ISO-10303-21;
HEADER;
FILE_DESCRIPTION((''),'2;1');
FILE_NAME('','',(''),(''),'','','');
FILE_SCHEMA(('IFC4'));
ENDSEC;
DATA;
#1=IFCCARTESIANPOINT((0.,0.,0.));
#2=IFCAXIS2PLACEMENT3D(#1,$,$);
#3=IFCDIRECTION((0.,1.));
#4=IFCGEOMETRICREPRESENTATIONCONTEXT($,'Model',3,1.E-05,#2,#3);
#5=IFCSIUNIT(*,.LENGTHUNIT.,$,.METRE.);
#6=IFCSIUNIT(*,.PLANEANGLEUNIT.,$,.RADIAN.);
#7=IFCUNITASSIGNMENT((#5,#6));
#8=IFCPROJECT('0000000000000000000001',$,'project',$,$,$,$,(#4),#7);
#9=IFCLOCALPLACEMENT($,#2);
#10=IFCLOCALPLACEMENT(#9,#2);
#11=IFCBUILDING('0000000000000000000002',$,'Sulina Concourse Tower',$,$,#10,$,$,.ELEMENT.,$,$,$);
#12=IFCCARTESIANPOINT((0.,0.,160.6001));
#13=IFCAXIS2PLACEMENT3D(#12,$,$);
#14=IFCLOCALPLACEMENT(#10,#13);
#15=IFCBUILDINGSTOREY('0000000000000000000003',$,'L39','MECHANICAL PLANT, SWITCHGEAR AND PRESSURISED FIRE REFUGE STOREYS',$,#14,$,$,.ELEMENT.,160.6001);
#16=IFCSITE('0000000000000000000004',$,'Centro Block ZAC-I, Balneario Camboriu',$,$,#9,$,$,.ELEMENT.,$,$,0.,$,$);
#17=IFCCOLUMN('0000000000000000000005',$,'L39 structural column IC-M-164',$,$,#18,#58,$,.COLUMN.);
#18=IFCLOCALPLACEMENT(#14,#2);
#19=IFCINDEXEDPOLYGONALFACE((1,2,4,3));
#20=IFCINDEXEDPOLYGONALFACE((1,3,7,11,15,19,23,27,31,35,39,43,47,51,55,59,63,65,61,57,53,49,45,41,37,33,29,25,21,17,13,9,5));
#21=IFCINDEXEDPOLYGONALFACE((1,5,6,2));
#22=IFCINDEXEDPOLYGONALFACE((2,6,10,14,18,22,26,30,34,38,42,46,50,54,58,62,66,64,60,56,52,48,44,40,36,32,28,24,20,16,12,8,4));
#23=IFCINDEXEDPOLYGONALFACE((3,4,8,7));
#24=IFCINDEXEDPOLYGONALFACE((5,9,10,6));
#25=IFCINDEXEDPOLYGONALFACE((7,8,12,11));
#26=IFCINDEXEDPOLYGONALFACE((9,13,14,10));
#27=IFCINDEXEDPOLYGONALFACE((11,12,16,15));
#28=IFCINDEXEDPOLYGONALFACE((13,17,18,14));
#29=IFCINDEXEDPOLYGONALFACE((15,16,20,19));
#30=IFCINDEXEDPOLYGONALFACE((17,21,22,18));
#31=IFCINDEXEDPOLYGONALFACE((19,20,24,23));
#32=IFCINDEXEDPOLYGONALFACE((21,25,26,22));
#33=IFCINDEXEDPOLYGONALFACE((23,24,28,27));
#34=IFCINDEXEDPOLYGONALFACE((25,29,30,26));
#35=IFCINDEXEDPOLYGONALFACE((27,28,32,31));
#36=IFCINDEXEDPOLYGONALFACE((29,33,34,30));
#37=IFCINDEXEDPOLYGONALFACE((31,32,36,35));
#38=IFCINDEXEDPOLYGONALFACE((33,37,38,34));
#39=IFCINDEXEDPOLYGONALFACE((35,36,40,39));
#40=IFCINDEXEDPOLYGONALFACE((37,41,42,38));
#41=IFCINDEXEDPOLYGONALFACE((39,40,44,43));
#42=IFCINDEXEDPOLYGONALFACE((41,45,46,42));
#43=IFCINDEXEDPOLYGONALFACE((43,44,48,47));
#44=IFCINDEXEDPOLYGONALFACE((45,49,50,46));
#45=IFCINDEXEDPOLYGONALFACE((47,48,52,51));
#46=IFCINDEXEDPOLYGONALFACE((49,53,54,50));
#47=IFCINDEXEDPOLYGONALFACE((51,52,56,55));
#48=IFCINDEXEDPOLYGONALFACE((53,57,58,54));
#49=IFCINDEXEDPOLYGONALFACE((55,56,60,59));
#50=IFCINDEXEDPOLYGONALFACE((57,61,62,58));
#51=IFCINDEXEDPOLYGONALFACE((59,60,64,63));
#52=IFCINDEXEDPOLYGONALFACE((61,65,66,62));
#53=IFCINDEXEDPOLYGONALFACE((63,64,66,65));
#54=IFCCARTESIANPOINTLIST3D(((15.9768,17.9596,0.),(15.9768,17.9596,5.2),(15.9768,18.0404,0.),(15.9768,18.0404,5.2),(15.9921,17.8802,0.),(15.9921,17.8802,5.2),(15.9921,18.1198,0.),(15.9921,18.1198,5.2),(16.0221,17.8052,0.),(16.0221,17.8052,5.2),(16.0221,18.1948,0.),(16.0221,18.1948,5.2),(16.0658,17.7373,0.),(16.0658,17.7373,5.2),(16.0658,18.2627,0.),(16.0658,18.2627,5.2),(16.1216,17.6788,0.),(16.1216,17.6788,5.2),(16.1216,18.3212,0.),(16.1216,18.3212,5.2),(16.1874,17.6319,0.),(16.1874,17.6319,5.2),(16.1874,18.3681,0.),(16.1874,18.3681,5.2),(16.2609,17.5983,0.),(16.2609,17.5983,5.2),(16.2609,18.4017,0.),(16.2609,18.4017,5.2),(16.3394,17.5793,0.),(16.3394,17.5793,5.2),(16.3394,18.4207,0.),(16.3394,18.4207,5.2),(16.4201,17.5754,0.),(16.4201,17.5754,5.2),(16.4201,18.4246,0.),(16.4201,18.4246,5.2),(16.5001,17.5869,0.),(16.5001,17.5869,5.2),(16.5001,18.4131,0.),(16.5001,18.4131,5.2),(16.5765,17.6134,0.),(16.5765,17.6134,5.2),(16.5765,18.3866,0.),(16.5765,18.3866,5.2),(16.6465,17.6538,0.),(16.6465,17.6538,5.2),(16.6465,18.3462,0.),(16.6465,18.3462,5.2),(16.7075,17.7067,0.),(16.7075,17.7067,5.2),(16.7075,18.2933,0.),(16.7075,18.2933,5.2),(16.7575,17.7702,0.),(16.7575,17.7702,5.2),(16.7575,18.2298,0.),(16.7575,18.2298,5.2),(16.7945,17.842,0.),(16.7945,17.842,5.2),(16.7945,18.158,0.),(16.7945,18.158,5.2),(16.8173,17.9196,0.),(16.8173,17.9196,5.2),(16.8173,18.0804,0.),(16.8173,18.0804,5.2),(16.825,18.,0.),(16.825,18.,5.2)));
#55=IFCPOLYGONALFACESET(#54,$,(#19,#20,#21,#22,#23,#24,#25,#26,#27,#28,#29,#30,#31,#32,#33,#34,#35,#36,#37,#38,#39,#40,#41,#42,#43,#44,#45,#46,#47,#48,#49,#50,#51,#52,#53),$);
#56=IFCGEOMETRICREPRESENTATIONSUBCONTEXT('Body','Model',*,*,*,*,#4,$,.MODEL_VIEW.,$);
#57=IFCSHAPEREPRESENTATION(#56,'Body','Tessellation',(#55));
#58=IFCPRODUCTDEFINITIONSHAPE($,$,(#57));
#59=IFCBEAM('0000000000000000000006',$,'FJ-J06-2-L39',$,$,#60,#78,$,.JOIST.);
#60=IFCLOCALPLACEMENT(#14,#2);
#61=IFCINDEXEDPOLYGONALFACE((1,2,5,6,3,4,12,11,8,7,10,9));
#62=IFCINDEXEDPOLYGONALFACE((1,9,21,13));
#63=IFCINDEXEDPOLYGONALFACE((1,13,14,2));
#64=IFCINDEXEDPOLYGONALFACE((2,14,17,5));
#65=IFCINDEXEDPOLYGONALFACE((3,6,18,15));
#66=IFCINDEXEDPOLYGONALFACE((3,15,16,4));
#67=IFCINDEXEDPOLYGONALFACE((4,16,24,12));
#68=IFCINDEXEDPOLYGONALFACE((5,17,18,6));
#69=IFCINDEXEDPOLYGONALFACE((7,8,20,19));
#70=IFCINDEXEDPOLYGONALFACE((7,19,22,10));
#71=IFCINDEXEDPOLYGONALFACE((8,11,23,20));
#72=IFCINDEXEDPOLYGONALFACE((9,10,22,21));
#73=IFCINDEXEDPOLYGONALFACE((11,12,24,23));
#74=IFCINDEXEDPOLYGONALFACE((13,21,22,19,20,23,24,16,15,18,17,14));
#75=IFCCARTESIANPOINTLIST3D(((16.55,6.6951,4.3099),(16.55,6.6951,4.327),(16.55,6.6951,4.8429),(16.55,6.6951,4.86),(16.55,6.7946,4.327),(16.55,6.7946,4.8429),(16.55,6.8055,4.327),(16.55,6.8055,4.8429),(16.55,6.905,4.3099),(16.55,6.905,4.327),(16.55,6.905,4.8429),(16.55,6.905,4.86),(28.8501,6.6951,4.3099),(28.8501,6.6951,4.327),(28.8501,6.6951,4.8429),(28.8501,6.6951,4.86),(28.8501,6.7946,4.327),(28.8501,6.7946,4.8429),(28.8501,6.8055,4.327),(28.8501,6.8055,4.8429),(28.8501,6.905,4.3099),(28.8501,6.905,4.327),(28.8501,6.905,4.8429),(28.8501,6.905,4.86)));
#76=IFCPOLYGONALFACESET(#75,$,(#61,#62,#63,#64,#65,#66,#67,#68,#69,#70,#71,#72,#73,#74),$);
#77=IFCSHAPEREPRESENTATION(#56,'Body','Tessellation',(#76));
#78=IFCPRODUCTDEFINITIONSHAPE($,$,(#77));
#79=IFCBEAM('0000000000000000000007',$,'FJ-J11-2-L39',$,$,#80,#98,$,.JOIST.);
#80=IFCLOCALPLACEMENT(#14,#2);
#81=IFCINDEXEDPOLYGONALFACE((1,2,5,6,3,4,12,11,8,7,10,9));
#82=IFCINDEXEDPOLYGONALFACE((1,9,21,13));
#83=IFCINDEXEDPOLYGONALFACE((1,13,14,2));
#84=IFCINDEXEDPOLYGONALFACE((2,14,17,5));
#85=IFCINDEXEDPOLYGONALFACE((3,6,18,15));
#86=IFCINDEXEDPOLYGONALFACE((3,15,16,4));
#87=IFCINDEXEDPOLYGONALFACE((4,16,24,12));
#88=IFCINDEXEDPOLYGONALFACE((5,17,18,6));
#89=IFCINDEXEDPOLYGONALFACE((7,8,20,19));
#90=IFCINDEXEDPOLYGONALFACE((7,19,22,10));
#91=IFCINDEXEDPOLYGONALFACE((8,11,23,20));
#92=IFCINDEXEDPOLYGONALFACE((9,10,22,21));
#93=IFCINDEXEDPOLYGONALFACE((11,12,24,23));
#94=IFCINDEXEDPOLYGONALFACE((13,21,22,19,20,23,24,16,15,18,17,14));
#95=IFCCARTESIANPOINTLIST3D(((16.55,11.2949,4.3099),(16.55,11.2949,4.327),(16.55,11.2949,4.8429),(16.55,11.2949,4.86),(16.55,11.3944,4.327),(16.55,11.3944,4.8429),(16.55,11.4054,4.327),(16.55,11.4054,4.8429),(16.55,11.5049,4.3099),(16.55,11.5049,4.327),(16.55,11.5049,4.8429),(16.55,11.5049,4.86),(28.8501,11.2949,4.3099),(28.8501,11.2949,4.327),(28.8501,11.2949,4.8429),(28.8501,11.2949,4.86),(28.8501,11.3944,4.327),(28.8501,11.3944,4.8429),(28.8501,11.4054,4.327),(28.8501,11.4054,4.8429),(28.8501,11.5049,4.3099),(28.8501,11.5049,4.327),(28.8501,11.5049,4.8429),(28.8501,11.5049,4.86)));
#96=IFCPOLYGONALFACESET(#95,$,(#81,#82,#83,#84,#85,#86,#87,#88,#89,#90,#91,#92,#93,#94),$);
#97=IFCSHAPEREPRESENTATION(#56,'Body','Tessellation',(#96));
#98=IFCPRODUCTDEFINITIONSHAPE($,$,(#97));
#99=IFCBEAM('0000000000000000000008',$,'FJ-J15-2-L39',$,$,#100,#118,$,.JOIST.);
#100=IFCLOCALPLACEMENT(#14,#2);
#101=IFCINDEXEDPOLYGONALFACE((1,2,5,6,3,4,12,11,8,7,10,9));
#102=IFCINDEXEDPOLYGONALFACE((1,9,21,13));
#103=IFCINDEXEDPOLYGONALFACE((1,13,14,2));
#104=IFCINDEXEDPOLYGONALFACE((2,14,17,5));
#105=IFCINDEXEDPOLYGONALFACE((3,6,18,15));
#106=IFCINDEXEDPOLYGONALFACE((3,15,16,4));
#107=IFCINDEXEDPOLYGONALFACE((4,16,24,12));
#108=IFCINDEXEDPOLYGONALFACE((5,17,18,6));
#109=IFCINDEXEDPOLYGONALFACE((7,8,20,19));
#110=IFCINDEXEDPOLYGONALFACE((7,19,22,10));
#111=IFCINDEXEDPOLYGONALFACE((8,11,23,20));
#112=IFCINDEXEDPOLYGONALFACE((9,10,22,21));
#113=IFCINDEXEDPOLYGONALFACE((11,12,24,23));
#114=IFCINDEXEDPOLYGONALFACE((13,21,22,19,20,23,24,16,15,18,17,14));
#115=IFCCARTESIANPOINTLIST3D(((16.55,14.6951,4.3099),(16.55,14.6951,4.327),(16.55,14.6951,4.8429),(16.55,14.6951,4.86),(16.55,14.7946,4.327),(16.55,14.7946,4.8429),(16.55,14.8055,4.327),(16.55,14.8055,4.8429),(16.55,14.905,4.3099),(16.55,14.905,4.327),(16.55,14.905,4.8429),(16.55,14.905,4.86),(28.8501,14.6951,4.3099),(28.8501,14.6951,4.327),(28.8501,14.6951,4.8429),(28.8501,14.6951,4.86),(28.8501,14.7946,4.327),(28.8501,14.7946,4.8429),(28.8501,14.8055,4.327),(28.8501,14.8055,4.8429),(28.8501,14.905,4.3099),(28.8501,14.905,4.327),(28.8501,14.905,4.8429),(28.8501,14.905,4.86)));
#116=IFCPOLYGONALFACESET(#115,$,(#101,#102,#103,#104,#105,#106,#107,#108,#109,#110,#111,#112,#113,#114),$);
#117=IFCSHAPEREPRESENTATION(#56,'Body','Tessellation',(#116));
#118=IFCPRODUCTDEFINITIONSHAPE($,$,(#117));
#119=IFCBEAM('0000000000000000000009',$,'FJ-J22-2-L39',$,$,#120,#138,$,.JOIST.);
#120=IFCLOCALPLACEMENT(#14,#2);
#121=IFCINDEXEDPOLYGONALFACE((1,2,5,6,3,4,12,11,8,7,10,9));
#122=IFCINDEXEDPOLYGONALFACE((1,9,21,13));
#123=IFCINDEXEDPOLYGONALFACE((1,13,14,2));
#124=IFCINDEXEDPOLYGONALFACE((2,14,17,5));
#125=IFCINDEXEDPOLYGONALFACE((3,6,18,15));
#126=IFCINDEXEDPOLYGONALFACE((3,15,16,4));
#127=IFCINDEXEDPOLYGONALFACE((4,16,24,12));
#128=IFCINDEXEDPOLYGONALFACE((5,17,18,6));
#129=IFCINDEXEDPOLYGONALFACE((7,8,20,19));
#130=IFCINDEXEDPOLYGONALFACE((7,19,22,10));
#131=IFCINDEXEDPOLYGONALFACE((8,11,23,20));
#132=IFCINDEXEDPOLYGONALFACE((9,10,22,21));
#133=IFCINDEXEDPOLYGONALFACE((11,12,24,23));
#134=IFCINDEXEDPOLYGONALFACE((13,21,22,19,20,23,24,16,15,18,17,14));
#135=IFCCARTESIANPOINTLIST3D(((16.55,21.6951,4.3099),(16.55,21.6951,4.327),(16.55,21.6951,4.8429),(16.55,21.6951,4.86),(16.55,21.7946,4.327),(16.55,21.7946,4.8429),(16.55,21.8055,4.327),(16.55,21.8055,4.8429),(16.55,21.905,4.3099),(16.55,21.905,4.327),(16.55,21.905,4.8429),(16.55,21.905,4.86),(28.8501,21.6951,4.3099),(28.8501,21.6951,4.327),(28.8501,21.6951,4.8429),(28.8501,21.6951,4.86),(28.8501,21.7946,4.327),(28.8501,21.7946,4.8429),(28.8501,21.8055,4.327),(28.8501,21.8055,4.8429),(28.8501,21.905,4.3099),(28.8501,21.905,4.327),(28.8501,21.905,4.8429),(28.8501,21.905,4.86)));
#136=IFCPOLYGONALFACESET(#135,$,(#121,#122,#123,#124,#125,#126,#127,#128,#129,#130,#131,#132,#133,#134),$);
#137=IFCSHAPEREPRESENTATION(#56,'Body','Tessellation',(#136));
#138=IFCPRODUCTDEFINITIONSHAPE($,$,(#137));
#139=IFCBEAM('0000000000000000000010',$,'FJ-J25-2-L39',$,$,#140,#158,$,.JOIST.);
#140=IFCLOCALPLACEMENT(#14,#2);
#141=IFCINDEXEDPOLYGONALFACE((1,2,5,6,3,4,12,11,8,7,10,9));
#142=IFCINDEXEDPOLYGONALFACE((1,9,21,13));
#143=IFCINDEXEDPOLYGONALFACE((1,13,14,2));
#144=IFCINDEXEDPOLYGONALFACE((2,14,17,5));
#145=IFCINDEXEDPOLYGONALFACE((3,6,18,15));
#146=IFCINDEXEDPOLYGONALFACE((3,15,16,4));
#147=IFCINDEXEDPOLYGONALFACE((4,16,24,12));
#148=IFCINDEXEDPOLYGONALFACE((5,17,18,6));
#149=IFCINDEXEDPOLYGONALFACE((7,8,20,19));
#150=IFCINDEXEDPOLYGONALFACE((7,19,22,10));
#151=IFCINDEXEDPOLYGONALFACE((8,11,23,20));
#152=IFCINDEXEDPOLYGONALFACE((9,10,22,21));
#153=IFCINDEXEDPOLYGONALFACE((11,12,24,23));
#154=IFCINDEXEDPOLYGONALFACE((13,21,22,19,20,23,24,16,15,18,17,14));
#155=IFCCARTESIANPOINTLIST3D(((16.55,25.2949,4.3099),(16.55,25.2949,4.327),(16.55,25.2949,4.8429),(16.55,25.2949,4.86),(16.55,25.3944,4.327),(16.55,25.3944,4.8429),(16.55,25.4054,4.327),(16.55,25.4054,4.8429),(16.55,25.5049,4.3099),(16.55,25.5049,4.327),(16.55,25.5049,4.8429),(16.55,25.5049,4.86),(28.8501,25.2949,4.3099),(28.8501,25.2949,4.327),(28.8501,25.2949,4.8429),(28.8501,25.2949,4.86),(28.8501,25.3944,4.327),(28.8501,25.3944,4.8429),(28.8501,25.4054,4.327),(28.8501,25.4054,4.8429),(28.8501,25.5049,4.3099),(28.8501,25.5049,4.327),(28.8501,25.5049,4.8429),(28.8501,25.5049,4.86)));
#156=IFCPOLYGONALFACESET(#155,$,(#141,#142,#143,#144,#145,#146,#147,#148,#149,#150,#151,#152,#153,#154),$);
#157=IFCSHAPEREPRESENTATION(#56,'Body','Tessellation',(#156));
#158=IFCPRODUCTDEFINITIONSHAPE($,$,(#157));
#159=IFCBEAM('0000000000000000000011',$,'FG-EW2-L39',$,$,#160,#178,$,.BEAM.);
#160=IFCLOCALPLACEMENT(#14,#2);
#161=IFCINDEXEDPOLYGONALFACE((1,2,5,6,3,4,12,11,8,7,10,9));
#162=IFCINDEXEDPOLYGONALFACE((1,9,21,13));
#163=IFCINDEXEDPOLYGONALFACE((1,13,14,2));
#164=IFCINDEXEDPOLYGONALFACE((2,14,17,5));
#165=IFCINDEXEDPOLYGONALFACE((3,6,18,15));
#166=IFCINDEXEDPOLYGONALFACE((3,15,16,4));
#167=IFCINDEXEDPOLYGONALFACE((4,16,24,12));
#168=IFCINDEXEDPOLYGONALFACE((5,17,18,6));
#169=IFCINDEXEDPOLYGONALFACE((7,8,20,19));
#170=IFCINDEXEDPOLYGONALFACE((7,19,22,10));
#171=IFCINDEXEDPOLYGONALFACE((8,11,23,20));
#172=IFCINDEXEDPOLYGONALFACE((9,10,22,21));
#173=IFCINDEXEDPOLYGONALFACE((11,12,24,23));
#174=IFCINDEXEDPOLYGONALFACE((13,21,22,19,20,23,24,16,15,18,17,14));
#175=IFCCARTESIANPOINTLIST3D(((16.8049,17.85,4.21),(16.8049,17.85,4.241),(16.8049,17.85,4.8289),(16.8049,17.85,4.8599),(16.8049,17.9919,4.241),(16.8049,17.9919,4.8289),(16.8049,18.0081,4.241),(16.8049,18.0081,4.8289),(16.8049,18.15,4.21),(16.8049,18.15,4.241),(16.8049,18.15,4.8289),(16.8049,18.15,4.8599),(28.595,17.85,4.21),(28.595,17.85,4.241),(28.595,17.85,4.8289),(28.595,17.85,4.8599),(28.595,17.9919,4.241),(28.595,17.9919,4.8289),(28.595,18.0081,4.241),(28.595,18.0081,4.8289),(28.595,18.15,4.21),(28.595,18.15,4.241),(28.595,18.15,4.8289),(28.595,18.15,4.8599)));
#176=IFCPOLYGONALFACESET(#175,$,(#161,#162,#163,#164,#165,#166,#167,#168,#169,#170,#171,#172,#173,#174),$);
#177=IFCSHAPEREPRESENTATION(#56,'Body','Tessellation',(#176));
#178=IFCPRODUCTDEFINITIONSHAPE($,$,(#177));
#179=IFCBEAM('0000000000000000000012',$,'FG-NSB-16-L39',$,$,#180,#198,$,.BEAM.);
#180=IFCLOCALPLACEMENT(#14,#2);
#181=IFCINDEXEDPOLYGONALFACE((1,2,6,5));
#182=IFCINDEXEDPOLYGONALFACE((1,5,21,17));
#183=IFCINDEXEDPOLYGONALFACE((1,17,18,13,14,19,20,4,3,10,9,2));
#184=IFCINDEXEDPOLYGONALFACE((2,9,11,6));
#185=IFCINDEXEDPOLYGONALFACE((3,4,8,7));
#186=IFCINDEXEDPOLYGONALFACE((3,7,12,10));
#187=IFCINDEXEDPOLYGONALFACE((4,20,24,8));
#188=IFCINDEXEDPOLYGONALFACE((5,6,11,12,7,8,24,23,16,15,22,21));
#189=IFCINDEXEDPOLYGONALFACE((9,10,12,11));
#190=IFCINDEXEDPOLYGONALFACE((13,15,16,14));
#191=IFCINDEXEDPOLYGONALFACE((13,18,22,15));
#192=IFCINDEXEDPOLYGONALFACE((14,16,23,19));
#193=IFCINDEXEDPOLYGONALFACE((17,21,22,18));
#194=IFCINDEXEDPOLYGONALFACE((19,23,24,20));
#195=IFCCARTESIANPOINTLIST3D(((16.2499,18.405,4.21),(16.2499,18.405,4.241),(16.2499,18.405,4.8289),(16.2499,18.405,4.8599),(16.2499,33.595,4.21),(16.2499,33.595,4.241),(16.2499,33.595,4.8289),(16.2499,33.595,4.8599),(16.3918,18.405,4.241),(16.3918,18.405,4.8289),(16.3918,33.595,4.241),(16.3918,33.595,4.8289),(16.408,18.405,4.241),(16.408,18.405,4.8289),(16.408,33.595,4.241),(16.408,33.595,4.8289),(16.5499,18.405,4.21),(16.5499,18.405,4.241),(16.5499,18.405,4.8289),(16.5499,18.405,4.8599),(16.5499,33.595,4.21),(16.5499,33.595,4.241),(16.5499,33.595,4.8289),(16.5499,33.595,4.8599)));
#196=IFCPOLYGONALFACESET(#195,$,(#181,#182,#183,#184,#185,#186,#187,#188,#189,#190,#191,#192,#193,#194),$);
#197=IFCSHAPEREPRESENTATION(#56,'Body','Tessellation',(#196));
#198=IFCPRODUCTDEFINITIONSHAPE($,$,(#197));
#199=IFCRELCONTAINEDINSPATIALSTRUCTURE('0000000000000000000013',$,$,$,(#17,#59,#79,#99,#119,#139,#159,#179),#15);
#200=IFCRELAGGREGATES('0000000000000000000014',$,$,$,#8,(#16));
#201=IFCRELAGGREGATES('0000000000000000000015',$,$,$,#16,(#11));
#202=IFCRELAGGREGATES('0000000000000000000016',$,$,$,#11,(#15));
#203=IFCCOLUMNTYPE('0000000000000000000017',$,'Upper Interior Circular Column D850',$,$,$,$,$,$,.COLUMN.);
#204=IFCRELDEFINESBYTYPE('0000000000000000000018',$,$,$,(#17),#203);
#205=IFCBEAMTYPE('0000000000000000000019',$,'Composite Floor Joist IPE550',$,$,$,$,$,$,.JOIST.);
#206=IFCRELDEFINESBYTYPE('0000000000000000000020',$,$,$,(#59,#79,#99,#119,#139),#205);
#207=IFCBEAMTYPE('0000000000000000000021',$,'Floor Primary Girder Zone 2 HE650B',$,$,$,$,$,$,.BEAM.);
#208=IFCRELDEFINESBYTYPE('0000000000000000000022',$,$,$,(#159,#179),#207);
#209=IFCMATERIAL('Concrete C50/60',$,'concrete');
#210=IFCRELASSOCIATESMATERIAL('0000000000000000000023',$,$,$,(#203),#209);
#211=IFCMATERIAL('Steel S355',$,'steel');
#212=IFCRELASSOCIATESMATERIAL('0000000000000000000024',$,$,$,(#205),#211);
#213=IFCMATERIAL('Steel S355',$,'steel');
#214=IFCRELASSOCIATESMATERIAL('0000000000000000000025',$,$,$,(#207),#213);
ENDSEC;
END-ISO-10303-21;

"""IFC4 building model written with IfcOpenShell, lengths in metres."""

from ifc_helpers import new_model, si_unit, direction, frame, origin, origin_2d, place, context, subcontext, project, spatial, circle, i_section, extrude, material, material_profile, profile_set, type_object, element, save


model = new_model("IFC4")

# Units and contexts
model_context = context("Model", 3, precision=1e-05, world=origin(), true_north=direction((0.0, 1.0)))
body_context = subcontext(model_context, "Body", "Model", "MODEL_VIEW")
ifc_project = project(units=[si_unit("LENGTHUNIT", "METRE"), si_unit("PLANEANGLEUNIT", "RADIAN")], contexts=[model_context])

# Site, building, storey
site_placement = place(None, origin())
site = spatial("IfcSite", under=ifc_project, at=site_placement, Name="Centro Block ZAC-I, Balneario Camboriu", CompositionType="ELEMENT", RefElevation=0.0)
building_placement = place(site_placement, origin())
building = spatial("IfcBuilding", under=site, at=building_placement, Name="Sulina Concourse Tower", CompositionType="ELEMENT")
storey_placement = place(building_placement, frame((0.0, 0.0, 160.6001)))
storey = spatial("IfcBuildingStorey", under=building, at=storey_placement, Name="L39", Description="MECHANICAL PLANT, SWITCHGEAR AND PRESSURISED FIRE REFUGE STOREYS", CompositionType="ELEMENT", Elevation=160.6001)

# Column
ifc_material_1 = material(Name="Concrete C50/60", Category="concrete")
ifc_material_profile_1 = material_profile(ifc_material_1, circle(Radius=0.425, at=origin_2d()), Name="RC D850")
ifc_profile_set_1 = profile_set([ifc_material_profile_1], Name="Concrete C50/60")
column_type = type_object("IfcColumnType", Name="Upper Interior Circular Column D850", PredefinedType="COLUMN", material=ifc_profile_set_1)
column_placement = place(storey_placement, frame((16.3999, 18.0, 0.0), z_axis=(0.0, 0.0, 1.0), x_axis=(1.0, 0.0, 0.0)))
element("IfcColumn", 1, at=column_placement, inside=storey, type_object=column_type, Name="L39 structural column IC-M-164", PredefinedType="COLUMN", context=body_context, shape_type="SweptSolid", body=[
    extrude(circle(Radius=0.425, at=origin_2d()), origin(), (0.0, 0.0, 1.0), 5.2),
])

# Beams
ifc_material_2 = material(Name="Steel S355", Category="steel")
ifc_material_profile_2 = material_profile(ifc_material_2, i_section(OverallWidth=0.21, OverallDepth=0.55, WebThickness=0.011, FlangeThickness=0.0171, at=origin_2d()), Name="IPE 550")
ifc_profile_set_2 = profile_set([ifc_material_profile_2], Name="Steel S355")
beam_type_1 = type_object("IfcBeamType", Name="Composite Floor Joist IPE550", PredefinedType="JOIST", material=ifc_profile_set_2)
for number, where, z_axis, x_axis, name in (
    (2, (16.55, 6.8, 4.585), (1.0, 0.0, 0.0), (0.0, 1.0, 0.0), "FJ-J06-2-L39"),
    (3, (16.55, 11.3999, 4.585), (1.0, 0.0, 0.0), (0.0, 1.0, 0.0), "FJ-J11-2-L39"),
    (4, (16.55, 14.8, 4.585), (1.0, 0.0, 0.0), (0.0, 1.0, 0.0), "FJ-J15-2-L39"),
    (5, (16.55, 21.8, 4.585), (1.0, 0.0, 0.0), (0.0, 1.0, 0.0), "FJ-J22-2-L39"),
    (6, (16.55, 25.3999, 4.585), (1.0, 0.0, 0.0), (0.0, 1.0, 0.0), "FJ-J25-2-L39"),
):
    element("IfcBeam", number, at=place(storey_placement, frame(where, z_axis=z_axis, x_axis=x_axis)), inside=storey, type_object=beam_type_1, Name=name, PredefinedType="JOIST", context=body_context, shape_type="SweptSolid", body=[
        extrude(i_section(OverallWidth=0.21, OverallDepth=0.55, WebThickness=0.011, FlangeThickness=0.0171, at=origin_2d()), origin(), (0.0, 0.0, 1.0), 12.3),
    ])
ifc_material_3 = material(Name="Steel S355", Category="steel")
ifc_material_profile_3 = material_profile(ifc_material_3, i_section(OverallWidth=0.3, OverallDepth=0.6499, WebThickness=0.0161, FlangeThickness=0.031, at=origin_2d()), Name="HE 650 B")
ifc_profile_set_3 = profile_set([ifc_material_profile_3], Name="Steel S355")
beam_type_2 = type_object("IfcBeamType", Name="Floor Primary Girder Zone 2 HE650B", PredefinedType="BEAM", material=ifc_profile_set_3)
beam_1_placement = place(storey_placement, frame((16.8049, 18.0, 4.5349), z_axis=(1.0, 0.0, 0.0), x_axis=(0.0, 1.0, 0.0)))
element("IfcBeam", 7, at=beam_1_placement, inside=storey, type_object=beam_type_2, Name="FG-EW2-L39", PredefinedType="BEAM", context=body_context, shape_type="SweptSolid", body=[
    extrude(i_section(OverallWidth=0.3, OverallDepth=0.6499, WebThickness=0.0161, FlangeThickness=0.031, at=origin_2d()), origin(), (0.0, 0.0, 1.0), 11.79),
])
beam_2_placement = place(storey_placement, frame((16.3999, 18.405, 4.5349), z_axis=(0.0, 1.0, 0.0), x_axis=(-1.0, 0.0, 0.0)))
element("IfcBeam", 8, at=beam_2_placement, inside=storey, type_object=beam_type_2, Name="FG-NSB-16-L39", PredefinedType="BEAM", context=body_context, shape_type="SweptSolid", body=[
    extrude(i_section(OverallWidth=0.3, OverallDepth=0.6499, WebThickness=0.0161, FlangeThickness=0.031, at=origin_2d()), origin(), (0.0, 0.0, 1.0), 15.1899),
])

save(model, "model.ifc")
